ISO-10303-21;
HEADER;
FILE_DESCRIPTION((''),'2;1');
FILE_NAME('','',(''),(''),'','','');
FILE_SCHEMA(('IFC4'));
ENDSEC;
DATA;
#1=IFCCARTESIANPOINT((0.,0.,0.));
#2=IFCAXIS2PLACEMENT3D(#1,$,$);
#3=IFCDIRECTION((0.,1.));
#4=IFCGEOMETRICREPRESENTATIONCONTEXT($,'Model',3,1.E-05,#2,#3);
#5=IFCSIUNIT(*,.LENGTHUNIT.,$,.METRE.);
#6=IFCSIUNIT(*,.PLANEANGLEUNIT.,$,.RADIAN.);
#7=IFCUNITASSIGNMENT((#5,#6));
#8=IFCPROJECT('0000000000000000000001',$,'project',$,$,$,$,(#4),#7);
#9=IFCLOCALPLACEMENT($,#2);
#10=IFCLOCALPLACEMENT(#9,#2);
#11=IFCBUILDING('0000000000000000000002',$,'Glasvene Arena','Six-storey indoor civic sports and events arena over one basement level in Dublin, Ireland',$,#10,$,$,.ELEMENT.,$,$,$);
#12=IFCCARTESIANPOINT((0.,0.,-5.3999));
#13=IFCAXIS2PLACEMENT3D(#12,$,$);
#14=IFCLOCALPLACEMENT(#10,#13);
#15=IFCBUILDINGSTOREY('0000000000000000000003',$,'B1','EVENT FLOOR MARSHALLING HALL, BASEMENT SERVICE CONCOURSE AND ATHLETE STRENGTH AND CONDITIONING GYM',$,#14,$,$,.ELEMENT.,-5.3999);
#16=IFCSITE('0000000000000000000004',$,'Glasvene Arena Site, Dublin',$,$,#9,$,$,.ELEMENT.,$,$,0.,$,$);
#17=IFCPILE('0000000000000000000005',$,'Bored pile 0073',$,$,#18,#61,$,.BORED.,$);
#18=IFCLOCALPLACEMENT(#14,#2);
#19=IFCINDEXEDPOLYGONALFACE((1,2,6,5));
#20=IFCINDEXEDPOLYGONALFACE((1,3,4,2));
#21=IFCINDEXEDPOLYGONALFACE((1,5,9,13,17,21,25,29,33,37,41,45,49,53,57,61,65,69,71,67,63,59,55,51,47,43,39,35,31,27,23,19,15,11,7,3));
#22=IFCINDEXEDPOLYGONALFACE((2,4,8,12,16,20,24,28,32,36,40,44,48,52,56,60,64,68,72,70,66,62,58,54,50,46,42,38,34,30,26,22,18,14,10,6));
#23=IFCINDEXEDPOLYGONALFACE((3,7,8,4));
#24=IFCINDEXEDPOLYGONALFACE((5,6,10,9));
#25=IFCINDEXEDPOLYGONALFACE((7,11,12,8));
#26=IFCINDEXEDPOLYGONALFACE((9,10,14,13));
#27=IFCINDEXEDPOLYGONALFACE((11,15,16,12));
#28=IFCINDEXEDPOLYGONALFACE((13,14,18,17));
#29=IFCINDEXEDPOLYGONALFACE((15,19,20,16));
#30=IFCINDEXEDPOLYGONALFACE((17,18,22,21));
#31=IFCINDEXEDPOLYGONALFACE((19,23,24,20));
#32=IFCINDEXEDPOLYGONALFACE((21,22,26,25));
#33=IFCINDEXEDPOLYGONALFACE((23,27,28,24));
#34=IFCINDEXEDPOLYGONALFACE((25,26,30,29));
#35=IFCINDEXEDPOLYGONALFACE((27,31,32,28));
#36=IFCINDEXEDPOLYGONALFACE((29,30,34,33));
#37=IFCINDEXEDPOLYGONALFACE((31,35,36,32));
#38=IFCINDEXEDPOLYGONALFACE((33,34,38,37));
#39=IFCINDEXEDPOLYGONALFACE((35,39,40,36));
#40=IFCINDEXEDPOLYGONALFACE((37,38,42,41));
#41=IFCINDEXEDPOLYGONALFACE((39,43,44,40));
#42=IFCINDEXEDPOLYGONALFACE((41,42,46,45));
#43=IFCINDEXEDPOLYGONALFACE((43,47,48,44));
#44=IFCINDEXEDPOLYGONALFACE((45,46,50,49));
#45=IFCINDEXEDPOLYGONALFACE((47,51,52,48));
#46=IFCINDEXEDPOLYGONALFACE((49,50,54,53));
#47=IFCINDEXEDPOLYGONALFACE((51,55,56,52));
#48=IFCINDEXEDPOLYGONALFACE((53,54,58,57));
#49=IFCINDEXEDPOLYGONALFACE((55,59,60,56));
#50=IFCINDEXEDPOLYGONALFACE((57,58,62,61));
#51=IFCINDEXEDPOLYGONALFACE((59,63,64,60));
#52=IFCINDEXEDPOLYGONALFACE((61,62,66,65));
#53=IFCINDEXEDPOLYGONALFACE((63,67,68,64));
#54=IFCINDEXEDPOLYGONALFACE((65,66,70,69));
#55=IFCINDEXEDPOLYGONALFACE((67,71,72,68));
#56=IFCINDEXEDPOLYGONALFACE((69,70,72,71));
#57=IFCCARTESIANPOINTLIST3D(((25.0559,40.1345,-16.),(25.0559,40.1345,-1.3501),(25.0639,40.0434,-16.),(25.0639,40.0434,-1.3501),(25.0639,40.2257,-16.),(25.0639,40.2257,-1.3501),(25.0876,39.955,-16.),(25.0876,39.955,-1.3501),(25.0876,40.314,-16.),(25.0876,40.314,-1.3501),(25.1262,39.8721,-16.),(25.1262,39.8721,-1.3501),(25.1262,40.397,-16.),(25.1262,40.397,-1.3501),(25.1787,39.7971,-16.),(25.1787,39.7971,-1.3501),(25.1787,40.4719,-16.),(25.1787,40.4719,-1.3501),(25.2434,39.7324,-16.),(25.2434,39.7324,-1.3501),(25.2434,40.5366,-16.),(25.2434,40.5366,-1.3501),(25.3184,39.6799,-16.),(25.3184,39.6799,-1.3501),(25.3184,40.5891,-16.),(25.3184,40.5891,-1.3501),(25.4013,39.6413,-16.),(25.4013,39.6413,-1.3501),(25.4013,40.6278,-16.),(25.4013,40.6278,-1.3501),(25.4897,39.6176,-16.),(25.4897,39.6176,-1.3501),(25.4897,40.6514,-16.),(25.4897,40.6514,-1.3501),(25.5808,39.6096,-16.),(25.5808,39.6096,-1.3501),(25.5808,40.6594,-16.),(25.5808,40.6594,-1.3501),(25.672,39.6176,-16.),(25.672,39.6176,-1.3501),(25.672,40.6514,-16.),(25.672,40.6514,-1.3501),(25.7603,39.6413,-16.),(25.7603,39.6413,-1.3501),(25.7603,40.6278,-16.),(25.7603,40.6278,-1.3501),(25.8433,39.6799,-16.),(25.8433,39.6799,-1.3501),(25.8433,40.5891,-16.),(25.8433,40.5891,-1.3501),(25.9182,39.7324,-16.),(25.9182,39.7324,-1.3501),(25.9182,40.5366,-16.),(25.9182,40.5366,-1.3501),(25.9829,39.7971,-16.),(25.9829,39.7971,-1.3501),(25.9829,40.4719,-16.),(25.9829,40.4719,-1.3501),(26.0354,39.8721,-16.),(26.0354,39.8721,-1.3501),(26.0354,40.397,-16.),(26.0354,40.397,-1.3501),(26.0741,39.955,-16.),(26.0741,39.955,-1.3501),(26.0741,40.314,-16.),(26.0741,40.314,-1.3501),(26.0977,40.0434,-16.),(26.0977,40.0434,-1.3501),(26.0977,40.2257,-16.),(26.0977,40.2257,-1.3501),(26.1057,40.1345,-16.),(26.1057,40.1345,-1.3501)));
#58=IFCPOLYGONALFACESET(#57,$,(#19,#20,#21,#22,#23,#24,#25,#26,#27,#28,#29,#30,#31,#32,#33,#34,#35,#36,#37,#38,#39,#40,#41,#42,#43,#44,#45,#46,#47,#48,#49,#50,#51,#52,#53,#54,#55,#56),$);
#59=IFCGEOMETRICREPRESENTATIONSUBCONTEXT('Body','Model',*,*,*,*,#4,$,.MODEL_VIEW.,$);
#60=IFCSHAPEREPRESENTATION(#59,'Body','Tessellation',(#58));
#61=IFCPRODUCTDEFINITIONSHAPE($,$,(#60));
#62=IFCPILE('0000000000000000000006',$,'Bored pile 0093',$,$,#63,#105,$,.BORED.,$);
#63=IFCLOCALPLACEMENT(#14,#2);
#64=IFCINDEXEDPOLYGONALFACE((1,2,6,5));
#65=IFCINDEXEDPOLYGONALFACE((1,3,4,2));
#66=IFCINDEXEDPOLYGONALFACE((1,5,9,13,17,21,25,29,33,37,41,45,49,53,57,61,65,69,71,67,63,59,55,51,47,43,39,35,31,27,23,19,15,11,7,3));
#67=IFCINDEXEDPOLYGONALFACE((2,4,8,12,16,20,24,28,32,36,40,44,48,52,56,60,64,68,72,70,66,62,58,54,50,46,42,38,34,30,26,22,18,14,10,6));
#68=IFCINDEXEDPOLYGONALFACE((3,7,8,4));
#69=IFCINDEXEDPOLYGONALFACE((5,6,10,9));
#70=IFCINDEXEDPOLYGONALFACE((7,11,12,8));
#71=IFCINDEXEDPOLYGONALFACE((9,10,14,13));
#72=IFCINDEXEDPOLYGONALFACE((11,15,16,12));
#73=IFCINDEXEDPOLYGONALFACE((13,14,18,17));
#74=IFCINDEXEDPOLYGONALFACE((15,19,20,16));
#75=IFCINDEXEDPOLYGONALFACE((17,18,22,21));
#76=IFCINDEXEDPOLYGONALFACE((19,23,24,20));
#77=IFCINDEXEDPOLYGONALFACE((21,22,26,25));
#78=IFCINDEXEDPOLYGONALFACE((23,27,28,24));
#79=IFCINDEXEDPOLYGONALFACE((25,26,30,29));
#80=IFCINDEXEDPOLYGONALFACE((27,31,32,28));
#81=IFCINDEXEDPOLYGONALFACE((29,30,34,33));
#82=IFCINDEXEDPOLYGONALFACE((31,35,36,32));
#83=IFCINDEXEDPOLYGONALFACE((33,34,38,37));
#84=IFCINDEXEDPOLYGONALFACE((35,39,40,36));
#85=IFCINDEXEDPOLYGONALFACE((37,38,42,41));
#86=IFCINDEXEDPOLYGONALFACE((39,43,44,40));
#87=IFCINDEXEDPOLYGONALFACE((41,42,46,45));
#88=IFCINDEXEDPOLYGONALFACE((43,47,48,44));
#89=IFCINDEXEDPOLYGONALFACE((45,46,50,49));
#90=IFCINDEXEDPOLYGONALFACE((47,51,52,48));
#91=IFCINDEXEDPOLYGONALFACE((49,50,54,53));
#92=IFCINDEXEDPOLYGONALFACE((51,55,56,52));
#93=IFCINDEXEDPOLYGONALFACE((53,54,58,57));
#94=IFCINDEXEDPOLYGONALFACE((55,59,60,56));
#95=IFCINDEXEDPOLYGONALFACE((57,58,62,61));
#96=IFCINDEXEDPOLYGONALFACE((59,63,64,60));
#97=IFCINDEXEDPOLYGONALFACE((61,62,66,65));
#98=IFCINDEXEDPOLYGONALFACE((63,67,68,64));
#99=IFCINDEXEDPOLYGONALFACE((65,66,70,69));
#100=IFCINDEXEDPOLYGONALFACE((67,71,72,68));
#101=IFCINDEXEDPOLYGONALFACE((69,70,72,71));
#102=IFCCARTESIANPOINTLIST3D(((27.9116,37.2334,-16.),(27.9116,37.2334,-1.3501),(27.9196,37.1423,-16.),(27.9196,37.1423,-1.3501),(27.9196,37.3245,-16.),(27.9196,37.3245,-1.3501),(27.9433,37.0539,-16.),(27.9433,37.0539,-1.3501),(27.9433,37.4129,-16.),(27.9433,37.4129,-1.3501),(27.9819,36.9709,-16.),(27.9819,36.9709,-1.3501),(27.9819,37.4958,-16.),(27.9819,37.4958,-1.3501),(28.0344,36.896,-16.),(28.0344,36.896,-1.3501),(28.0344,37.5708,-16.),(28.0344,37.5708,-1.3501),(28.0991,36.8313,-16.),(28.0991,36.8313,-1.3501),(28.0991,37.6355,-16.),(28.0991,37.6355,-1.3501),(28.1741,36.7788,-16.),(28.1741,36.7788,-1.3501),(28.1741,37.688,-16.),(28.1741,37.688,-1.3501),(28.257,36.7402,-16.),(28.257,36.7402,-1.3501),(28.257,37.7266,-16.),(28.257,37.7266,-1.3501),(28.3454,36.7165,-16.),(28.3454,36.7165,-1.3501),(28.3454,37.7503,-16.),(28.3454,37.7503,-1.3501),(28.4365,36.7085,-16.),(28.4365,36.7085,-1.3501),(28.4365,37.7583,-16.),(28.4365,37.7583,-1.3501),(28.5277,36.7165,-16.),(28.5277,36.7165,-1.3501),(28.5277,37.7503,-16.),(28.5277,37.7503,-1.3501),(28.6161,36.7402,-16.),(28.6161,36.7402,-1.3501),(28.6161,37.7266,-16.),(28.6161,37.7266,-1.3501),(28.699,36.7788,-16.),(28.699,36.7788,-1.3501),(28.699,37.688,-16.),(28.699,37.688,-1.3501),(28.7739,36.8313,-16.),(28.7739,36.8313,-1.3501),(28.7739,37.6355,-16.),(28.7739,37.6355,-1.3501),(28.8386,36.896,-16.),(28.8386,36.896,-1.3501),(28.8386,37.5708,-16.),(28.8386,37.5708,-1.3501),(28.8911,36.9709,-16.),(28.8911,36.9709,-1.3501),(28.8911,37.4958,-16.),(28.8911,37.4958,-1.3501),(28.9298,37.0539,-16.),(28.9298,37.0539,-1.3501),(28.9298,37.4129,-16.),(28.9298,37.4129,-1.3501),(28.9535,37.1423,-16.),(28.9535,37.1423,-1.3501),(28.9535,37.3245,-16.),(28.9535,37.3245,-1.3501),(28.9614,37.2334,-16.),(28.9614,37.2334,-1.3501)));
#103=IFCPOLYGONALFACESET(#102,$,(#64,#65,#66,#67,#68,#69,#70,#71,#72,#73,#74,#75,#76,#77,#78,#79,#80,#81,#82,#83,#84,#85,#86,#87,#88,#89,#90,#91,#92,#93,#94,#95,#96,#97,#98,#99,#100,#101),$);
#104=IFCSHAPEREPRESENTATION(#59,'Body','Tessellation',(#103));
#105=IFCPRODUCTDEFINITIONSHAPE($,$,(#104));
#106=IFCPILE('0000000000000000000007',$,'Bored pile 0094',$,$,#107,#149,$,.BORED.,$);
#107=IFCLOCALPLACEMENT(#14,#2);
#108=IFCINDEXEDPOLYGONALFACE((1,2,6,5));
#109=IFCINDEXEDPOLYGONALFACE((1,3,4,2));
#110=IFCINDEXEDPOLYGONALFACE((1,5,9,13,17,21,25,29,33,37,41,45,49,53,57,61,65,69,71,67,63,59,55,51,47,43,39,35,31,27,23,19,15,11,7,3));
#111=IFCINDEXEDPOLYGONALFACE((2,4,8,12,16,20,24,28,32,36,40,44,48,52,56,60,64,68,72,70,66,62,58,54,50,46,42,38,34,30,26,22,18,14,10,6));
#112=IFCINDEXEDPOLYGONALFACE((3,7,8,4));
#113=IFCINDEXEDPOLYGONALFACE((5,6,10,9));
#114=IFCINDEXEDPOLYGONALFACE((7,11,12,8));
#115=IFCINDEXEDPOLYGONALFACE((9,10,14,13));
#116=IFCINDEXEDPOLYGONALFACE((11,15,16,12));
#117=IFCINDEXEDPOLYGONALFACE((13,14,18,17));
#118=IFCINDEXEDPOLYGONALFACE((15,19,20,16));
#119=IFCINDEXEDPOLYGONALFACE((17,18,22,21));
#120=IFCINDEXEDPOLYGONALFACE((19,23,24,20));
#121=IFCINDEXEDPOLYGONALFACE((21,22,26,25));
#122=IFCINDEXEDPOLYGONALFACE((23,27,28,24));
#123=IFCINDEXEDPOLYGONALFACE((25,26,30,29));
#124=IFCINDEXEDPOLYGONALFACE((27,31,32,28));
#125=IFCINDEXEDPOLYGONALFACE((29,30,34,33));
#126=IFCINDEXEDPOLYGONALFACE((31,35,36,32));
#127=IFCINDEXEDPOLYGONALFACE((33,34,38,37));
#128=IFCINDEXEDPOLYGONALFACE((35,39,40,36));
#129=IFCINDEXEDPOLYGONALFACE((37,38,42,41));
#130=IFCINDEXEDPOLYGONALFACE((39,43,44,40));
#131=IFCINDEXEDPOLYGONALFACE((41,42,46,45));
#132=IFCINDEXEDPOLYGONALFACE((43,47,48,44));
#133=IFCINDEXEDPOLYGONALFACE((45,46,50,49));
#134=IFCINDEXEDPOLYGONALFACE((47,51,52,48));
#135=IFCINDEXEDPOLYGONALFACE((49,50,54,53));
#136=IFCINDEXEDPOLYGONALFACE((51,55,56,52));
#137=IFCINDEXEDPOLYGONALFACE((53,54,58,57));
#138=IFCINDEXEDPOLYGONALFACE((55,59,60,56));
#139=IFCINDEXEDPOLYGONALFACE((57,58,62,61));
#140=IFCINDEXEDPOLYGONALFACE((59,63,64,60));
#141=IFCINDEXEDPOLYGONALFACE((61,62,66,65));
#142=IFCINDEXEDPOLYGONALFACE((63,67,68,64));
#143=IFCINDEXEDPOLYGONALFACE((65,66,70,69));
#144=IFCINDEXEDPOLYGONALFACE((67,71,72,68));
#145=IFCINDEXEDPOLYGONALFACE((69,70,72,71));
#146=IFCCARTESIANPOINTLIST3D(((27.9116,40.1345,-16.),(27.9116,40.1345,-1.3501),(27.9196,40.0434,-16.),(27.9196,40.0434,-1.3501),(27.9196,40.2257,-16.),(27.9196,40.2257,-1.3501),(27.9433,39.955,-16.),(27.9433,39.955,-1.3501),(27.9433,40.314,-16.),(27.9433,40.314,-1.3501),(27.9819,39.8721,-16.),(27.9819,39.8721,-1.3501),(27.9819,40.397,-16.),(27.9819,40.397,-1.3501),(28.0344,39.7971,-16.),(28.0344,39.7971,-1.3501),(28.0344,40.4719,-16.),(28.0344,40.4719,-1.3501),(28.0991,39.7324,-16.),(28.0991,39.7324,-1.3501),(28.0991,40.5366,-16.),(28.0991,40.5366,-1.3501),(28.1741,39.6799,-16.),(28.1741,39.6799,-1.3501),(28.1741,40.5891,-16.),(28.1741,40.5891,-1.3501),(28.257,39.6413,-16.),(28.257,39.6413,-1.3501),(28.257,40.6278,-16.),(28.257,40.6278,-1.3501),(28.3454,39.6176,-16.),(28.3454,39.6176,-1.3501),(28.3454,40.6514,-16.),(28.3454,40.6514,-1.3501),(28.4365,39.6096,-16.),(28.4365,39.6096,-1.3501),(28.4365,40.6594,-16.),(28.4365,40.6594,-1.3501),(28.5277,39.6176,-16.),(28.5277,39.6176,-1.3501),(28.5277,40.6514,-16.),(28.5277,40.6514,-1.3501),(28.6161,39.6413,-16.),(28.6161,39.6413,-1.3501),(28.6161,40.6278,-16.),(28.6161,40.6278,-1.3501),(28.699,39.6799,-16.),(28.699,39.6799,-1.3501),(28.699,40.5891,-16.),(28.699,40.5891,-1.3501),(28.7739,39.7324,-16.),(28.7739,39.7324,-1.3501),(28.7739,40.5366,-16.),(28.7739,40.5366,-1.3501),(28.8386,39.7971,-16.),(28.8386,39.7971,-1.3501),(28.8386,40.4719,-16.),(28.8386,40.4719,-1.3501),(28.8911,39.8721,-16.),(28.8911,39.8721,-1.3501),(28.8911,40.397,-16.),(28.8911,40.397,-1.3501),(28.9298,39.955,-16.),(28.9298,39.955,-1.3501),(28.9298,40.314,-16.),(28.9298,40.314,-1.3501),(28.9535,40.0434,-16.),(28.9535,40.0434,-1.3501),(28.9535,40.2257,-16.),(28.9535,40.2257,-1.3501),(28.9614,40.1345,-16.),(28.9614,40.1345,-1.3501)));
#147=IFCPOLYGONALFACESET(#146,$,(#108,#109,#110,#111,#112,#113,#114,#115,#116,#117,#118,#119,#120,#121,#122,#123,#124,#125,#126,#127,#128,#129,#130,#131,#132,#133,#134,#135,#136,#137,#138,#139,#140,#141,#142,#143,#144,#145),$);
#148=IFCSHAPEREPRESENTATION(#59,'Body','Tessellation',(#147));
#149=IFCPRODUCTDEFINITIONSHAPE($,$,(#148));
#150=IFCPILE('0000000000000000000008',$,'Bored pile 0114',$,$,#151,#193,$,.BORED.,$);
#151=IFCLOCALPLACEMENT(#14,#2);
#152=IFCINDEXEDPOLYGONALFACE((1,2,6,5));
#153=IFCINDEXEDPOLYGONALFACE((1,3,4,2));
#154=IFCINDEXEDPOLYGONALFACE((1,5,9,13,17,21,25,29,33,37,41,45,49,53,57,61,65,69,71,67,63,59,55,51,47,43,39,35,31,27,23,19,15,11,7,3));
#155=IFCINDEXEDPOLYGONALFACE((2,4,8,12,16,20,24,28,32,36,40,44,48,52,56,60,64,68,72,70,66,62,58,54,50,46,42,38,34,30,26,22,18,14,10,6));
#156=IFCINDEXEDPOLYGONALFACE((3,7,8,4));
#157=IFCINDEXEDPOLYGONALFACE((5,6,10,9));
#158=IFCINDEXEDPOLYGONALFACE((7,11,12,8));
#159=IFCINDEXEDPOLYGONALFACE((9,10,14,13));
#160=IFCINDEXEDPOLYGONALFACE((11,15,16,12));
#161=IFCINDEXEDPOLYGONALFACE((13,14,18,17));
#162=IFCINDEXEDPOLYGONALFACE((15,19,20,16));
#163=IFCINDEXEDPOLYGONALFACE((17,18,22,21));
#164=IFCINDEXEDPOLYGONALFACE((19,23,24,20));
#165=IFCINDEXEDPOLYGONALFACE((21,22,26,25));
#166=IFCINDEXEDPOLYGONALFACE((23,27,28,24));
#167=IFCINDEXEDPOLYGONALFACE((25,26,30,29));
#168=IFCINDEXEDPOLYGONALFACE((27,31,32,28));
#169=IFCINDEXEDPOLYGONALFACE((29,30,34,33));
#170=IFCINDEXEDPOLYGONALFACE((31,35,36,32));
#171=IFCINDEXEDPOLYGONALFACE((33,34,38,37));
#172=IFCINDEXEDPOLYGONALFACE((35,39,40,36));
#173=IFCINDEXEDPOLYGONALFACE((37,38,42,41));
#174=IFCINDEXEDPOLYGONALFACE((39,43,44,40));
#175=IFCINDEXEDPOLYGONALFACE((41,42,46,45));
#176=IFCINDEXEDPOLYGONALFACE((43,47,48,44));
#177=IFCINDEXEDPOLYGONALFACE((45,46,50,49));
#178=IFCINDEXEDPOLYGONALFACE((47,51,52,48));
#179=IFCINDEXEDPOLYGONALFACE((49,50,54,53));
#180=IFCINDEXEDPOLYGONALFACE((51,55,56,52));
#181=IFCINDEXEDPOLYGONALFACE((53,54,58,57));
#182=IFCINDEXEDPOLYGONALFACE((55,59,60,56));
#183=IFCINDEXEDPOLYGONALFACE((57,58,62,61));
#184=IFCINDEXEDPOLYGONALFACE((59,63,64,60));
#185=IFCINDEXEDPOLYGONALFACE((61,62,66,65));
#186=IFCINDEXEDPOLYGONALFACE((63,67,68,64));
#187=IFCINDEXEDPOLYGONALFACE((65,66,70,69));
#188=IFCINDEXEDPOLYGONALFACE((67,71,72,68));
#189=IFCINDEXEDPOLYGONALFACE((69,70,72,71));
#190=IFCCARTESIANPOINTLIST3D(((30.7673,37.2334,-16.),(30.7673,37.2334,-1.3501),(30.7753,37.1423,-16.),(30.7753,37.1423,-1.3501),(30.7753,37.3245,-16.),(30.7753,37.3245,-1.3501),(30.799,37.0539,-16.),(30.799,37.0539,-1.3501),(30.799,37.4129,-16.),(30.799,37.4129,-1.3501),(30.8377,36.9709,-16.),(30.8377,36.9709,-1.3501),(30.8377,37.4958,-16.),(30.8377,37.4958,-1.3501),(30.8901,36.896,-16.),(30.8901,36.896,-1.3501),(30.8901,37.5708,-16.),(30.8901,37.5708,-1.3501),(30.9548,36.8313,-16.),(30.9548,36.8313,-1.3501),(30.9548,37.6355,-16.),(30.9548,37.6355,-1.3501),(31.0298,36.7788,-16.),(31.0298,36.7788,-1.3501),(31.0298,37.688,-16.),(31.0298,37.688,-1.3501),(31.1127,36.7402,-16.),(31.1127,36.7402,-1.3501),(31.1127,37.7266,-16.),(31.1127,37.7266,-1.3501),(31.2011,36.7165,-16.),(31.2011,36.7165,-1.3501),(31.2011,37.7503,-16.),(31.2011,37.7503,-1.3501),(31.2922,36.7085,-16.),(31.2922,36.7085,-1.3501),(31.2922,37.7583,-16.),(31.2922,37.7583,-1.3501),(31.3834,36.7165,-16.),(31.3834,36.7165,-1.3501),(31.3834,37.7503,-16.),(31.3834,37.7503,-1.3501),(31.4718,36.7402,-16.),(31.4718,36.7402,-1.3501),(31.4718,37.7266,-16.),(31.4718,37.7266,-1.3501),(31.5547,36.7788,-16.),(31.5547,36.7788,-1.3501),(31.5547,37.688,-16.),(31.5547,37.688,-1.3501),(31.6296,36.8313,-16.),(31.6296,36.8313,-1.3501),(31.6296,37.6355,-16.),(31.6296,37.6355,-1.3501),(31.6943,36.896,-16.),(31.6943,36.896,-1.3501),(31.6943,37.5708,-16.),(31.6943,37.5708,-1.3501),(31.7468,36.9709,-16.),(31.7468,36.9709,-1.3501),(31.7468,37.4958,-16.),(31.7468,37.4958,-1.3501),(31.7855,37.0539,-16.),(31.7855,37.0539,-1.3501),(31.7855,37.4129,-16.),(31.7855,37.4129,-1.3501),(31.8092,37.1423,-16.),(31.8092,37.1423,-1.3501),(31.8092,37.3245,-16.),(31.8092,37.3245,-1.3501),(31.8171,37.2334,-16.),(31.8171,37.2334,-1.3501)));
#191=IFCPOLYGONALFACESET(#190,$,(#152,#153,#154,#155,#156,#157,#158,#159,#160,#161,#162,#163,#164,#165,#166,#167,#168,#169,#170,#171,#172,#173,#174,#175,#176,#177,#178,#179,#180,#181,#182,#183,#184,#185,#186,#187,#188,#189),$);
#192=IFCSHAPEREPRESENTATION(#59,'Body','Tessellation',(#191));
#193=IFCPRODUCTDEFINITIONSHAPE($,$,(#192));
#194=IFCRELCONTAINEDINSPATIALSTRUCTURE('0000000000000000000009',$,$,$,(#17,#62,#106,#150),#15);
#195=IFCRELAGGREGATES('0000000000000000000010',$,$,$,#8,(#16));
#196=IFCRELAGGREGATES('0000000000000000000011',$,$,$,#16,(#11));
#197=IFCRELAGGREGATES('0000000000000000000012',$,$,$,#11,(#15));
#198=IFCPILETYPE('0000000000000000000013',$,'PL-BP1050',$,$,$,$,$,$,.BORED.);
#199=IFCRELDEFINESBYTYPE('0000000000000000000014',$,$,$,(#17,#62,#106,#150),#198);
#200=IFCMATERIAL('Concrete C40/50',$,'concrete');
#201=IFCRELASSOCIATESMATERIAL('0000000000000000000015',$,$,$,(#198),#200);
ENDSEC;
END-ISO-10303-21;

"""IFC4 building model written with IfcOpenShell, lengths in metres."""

from ifc_helpers import new_model, si_unit, direction, frame, origin, origin_2d, place, context, subcontext, project, spatial, circle, extrude, material, material_profile, profile_set, type_object, element, save


model = new_model("IFC4")

# Units and contexts
model_context = context("Model", 3, precision=1e-05, world=origin(), true_north=direction((0.0, 1.0)))
body_context = subcontext(model_context, "Body", "Model", "MODEL_VIEW")
ifc_project = project(units=[si_unit("LENGTHUNIT", "METRE"), si_unit("PLANEANGLEUNIT", "RADIAN")], contexts=[model_context])

# Site, building, storey
site_placement = place(None, origin())
site = spatial("IfcSite", under=ifc_project, at=site_placement, Name="Glasvene Arena Site, Dublin", CompositionType="ELEMENT", RefElevation=0.0)
building_placement = place(site_placement, origin())
building = spatial("IfcBuilding", under=site, at=building_placement, Name="Glasvene Arena", Description="Six-storey indoor civic sports and events arena over one basement level in Dublin, Ireland", CompositionType="ELEMENT")
storey_placement = place(building_placement, frame((0.0, 0.0, -5.3999)))
storey = spatial("IfcBuildingStorey", under=building, at=storey_placement, Name="B1", Description="EVENT FLOOR MARSHALLING HALL, BASEMENT SERVICE CONCOURSE AND ATHLETE STRENGTH AND CONDITIONING GYM", CompositionType="ELEMENT", Elevation=-5.3999)

# Piles
ifc_material_1 = material(Name="Concrete C40/50", Category="concrete")
ifc_material_profile_1 = material_profile(ifc_material_1, circle(Radius=0.5249, at=origin_2d()), Name="BORED PILE 1050")
ifc_profile_set_1 = profile_set([ifc_material_profile_1], Name="Concrete C40/50")
pile_type = type_object("IfcPileType", Name="PL-BP1050", PredefinedType="BORED", material=ifc_profile_set_1)
for number, where, z_axis, x_axis, name in (
    (1, (25.5808, 40.1345, -1.3501), (0.0, 0.0, -1.0), (1.0, 0.0, 0.0), "Bored pile 0073"),
    (2, (28.4365, 37.2334, -1.3501), (0.0, 0.0, -1.0), (1.0, 0.0, 0.0), "Bored pile 0093"),
    (3, (28.4365, 40.1345, -1.3501), (0.0, 0.0, -1.0), (1.0, 0.0, 0.0), "Bored pile 0094"),
    (4, (31.2922, 37.2334, -1.3501), (0.0, 0.0, -1.0), (1.0, 0.0, 0.0), "Bored pile 0114"),
):
    element("IfcPile", number, at=place(storey_placement, frame(where, z_axis=z_axis, x_axis=x_axis)), inside=storey, type_object=pile_type, Name=name, PredefinedType="BORED", context=body_context, shape_type="SweptSolid", body=[
        extrude(circle(Radius=0.5249, at=origin_2d()), origin(), (0.0, 0.0, 1.0), 14.6499),
    ])

save(model, "model.ifc")
